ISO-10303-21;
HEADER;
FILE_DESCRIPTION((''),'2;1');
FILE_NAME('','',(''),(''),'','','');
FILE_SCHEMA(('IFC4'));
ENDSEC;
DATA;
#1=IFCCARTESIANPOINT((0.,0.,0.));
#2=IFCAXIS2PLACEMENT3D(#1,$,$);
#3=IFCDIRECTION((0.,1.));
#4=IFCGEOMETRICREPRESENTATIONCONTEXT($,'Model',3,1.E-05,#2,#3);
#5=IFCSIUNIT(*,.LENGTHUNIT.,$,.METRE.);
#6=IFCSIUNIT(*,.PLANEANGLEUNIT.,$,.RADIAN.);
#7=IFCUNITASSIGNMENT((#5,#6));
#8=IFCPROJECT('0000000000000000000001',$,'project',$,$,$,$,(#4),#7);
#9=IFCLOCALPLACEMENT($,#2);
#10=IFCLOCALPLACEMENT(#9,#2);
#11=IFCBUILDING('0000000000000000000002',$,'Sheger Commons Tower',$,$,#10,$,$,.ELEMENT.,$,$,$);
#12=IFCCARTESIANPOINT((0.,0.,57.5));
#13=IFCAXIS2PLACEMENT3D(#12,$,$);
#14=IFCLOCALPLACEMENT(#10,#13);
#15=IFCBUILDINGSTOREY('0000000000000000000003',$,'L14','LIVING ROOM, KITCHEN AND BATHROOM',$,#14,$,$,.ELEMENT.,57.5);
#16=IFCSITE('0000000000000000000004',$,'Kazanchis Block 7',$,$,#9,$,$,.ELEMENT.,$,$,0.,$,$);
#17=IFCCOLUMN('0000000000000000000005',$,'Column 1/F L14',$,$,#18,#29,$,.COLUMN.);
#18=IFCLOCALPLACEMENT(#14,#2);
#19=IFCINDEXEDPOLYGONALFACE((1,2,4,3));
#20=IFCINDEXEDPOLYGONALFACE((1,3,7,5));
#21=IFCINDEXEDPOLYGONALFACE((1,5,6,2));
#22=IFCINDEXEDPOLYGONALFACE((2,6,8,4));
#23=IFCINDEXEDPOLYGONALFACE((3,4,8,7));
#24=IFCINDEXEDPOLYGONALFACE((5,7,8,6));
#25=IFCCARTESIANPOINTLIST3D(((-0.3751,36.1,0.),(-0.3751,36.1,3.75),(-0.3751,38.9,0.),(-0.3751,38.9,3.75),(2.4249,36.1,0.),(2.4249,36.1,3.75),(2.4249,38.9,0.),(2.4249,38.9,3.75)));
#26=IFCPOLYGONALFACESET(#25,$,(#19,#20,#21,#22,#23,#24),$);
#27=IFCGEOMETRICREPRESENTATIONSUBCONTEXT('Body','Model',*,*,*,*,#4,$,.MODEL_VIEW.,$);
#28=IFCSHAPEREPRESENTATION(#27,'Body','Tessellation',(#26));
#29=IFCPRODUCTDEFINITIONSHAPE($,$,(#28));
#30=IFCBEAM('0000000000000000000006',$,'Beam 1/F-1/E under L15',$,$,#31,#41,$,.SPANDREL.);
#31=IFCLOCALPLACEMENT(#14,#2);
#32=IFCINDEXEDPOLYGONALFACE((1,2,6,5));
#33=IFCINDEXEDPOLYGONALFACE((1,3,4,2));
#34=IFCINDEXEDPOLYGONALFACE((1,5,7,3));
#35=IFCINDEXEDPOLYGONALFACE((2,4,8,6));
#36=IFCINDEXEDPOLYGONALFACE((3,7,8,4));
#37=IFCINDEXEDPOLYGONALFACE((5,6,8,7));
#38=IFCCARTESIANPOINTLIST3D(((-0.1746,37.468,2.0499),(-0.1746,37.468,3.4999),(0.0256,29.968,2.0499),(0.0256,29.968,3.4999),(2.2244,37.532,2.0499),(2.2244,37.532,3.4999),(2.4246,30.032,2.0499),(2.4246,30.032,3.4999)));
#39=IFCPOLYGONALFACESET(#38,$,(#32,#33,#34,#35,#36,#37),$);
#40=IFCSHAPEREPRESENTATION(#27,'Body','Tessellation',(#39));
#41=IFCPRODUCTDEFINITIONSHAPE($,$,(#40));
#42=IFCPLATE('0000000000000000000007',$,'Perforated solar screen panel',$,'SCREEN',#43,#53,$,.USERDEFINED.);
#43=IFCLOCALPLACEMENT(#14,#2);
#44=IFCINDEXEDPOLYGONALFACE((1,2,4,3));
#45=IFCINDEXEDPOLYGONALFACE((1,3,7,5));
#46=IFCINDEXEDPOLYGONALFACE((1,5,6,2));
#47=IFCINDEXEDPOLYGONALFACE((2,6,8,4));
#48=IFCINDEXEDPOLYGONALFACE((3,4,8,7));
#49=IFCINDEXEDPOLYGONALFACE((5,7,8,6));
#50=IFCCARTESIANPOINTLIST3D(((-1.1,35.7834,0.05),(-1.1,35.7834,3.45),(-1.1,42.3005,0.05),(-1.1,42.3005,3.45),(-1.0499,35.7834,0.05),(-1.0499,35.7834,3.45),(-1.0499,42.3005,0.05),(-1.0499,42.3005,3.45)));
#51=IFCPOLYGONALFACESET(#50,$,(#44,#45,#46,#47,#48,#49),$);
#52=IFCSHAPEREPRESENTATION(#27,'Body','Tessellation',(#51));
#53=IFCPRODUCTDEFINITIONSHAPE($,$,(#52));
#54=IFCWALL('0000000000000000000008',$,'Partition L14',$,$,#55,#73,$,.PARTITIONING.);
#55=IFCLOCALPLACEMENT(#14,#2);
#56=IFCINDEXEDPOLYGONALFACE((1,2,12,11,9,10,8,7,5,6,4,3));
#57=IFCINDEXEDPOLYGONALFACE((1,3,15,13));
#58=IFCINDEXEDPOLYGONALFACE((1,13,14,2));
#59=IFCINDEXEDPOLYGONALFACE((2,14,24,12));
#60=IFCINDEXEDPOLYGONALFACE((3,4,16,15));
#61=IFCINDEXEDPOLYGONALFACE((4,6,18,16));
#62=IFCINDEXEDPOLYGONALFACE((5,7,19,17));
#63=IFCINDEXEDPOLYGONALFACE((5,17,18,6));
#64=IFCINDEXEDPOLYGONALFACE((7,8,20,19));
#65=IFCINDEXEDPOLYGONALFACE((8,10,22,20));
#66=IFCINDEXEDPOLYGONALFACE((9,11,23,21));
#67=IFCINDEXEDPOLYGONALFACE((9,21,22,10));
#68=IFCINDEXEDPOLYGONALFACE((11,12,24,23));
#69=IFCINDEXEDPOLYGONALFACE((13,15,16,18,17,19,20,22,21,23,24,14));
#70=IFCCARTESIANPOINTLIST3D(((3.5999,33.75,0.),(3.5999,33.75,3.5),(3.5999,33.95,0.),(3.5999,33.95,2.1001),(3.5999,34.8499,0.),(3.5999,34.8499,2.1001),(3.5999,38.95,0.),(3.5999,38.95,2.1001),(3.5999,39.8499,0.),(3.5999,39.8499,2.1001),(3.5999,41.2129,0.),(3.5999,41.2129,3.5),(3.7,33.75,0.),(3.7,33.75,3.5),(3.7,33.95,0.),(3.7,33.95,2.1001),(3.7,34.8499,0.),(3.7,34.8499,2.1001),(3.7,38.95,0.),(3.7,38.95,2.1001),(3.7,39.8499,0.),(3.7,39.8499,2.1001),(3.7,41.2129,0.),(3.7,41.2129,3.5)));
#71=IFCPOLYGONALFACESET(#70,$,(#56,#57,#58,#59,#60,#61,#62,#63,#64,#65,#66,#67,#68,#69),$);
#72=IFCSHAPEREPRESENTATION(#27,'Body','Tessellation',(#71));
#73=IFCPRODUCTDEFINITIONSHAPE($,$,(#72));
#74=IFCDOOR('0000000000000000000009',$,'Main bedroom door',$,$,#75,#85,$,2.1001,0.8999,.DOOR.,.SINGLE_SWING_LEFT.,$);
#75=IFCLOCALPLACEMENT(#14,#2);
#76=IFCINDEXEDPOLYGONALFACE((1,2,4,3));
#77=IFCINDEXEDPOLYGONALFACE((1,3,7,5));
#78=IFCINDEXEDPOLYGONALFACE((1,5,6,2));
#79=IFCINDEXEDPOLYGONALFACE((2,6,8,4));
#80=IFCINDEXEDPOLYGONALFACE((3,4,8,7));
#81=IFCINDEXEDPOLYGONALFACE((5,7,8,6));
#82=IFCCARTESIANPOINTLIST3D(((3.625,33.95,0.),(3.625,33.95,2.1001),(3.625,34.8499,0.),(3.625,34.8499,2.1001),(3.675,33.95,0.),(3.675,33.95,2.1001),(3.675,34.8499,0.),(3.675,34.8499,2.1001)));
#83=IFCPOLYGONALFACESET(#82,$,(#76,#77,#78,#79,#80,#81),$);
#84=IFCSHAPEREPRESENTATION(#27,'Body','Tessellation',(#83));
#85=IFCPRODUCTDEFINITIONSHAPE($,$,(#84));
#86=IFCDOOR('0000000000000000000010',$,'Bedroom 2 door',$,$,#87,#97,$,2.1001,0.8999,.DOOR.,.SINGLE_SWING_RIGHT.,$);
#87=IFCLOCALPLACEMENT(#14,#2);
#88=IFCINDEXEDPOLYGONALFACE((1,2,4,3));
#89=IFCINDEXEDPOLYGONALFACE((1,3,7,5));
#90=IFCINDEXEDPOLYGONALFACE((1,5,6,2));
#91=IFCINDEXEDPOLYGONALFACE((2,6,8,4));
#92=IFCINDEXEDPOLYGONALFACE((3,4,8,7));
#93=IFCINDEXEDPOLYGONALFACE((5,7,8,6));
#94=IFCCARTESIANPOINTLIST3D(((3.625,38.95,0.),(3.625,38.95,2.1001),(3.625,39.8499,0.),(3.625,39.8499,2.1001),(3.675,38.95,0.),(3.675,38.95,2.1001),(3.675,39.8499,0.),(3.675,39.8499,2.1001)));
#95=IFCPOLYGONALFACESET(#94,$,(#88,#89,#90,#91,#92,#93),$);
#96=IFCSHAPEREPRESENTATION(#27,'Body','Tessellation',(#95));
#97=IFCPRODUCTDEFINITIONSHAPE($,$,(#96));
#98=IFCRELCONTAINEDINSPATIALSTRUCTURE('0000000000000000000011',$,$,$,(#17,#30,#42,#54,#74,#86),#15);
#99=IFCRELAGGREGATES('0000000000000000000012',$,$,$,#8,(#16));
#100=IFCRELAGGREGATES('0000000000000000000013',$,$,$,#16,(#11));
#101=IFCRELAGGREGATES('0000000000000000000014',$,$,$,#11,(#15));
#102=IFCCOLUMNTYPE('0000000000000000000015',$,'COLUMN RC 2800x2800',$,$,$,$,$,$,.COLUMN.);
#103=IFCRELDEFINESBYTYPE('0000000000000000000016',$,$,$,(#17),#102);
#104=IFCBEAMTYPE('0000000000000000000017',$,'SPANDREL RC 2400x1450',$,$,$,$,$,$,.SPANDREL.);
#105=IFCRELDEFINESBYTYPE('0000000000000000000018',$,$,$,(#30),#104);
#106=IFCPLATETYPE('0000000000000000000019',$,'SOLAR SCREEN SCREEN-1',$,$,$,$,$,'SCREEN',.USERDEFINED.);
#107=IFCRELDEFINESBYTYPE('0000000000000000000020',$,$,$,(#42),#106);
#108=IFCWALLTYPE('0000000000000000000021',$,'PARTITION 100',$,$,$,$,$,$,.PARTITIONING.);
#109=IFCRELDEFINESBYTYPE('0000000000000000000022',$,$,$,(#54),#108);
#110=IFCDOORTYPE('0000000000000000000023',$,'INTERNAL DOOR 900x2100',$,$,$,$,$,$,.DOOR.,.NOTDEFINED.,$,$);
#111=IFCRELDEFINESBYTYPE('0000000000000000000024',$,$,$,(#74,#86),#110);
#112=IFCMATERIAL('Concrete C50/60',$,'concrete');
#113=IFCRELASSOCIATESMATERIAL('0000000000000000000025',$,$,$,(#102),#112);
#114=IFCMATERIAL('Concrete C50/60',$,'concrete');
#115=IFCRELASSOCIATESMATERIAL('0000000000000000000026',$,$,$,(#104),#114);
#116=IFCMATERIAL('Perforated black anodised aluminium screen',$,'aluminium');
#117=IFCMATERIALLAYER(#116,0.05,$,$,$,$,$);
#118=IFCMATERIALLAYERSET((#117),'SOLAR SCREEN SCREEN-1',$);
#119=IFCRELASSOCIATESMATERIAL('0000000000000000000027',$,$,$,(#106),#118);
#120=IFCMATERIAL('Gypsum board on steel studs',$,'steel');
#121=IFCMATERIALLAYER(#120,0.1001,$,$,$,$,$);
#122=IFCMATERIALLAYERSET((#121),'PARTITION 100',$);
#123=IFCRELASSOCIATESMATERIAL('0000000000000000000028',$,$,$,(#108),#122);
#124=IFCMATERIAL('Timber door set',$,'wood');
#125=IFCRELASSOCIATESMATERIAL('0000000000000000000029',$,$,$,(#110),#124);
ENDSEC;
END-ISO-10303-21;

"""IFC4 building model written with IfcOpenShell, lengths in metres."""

from ifc_helpers import new_model, si_unit, direction, frame, frame_2d, origin, origin_2d, place, context, subcontext, project, spatial, rectangle, extrude, material, layer, layer_set, material_profile, profile_set, type_object, element, fill, save


model = new_model("IFC4")

# Units and contexts
model_context = context("Model", 3, precision=1e-05, world=origin(), true_north=direction((0.0, 1.0)))
body_context = subcontext(model_context, "Body", "Model", "MODEL_VIEW")
ifc_project = project(units=[si_unit("LENGTHUNIT", "METRE"), si_unit("PLANEANGLEUNIT", "RADIAN")], contexts=[model_context])

# Site, building, storey
site_placement = place(None, origin())
site = spatial("IfcSite", under=ifc_project, at=site_placement, Name="Kazanchis Block 7", CompositionType="ELEMENT", RefElevation=0.0)
building_placement = place(site_placement, origin())
building = spatial("IfcBuilding", under=site, at=building_placement, Name="Sheger Commons Tower", CompositionType="ELEMENT")
storey_placement = place(building_placement, frame((0.0, 0.0, 57.5)))
storey = spatial("IfcBuildingStorey", under=building, at=storey_placement, Name="L14", Description="LIVING ROOM, KITCHEN AND BATHROOM", CompositionType="ELEMENT", Elevation=57.5)

# Column
ifc_material_1 = material(Name="Concrete C50/60", Category="concrete")
ifc_material_profile_1 = material_profile(ifc_material_1, rectangle(XDim=2.8, YDim=2.8, at=origin_2d()), Name="RC 2800x2800")
ifc_profile_set_1 = profile_set([ifc_material_profile_1], Name="Concrete C50/60")
column_type = type_object("IfcColumnType", Name="COLUMN RC 2800x2800", PredefinedType="COLUMN", material=ifc_profile_set_1)
column_placement = place(storey_placement, frame((1.0249, 37.5, 0.0), z_axis=(0.0, 0.0, 1.0), x_axis=(1.0, 0.0, 0.0)))
element("IfcColumn", 1, at=column_placement, inside=storey, type_object=column_type, Name="Column 1/F L14", PredefinedType="COLUMN", context=body_context, shape_type="SweptSolid", body=[
    extrude(rectangle(XDim=2.8, YDim=2.8, at=origin_2d()), origin(), (0.0, 0.0, 1.0), 3.75),
])

# Beam
ifc_material_2 = material(Name="Concrete C50/60", Category="concrete")
ifc_material_profile_2 = material_profile(ifc_material_2, rectangle(XDim=2.3999, YDim=1.45, at=origin_2d()), Name="RC 2400x1450")
ifc_profile_set_2 = profile_set([ifc_material_profile_2], Name="Concrete C50/60")
beam_type = type_object("IfcBeamType", Name="SPANDREL RC 2400x1450", PredefinedType="SPANDREL", material=ifc_profile_set_2)
beam_placement = place(storey_placement, frame((1.0249, 37.5, 2.7749), z_axis=(0.026683, -0.999644, 0.0), x_axis=(0.999644, 0.026683, 0.0)))
element("IfcBeam", 2, at=beam_placement, inside=storey, type_object=beam_type, Name="Beam 1/F-1/E under L15", PredefinedType="SPANDREL", context=body_context, shape_type="SweptSolid", body=[
    extrude(rectangle(XDim=2.3999, YDim=1.45, at=origin_2d()), origin(), (0.0, 0.0, 1.0), 7.5027),
])

# Plate
ifc_material_3 = material(Name="Perforated black anodised aluminium screen", Category="aluminium")
ifc_layer_1 = layer(ifc_material_3, 0.05)
ifc_layer_set_1 = layer_set([ifc_layer_1], Name="SOLAR SCREEN SCREEN-1")
plate_type = type_object("IfcPlateType", Name="SOLAR SCREEN SCREEN-1", ElementType="SCREEN", PredefinedType="USERDEFINED", material=ifc_layer_set_1)
plate_placement = place(storey_placement, frame((-1.075, 39.042, 0.05), z_axis=(0.0, 0.0, 1.0), x_axis=(0.0, -1.0, 0.0)))
element("IfcPlate", 3, at=plate_placement, inside=storey, type_object=plate_type, Name="Perforated solar screen panel", ObjectType="SCREEN", PredefinedType="USERDEFINED", context=body_context, shape_type="SweptSolid", body=[
    extrude(rectangle(XDim=6.5171, YDim=0.05, at=origin_2d()), origin(), (0.0, 0.0, 1.0), 3.3999),
])

# Wall, openings, doors
ifc_material_4 = material(Name="Gypsum board on steel studs", Category="steel")
ifc_layer_2 = layer(ifc_material_4, 0.1001)
ifc_layer_set_2 = layer_set([ifc_layer_2], Name="PARTITION 100")
wall_type = type_object("IfcWallType", Name="PARTITION 100", PredefinedType="PARTITIONING", material=ifc_layer_set_2)
wall_1_placement = place(storey_placement, frame((3.6499, 33.75, 0.0), z_axis=(0.0, 0.0, 1.0), x_axis=(0.0, 1.0, 0.0)))
wall_1 = element("IfcWall", 4, at=wall_1_placement, inside=storey, type_object=wall_type, Name="Partition L14", PredefinedType="PARTITIONING", context=body_context, shape_type="SweptSolid", body=[
    extrude(rectangle(XDim=7.4629, YDim=0.1001, at=frame_2d((3.7314, 0.0))), origin(), (0.0, 0.0, 1.0), 3.5),
])
opening_1_placement = place(wall_1_placement, frame((0.2, 0.0, 0.0)))
opening_1 = element("IfcOpeningElement", 5, at=opening_1_placement, cuts=wall_1, PredefinedType="OPENING", context=body_context, shape_type="SweptSolid", body=[
    extrude(rectangle(XDim=0.8999, YDim=2.1001, at=frame_2d((0.45, 1.05))), frame((0.0, 0.0601, 0.0), z_axis=(0.0, -1.0, 0.0), x_axis=(1.0, 0.0, 0.0)), (0.0, 0.0, 1.0), 0.1201),
])
opening_2_placement = place(wall_1_placement, frame((5.2, 0.0, 0.0)))
opening_2 = element("IfcOpeningElement", 6, at=opening_2_placement, cuts=wall_1, PredefinedType="OPENING", context=body_context, shape_type="SweptSolid", body=[
    extrude(rectangle(XDim=0.8999, YDim=2.1001, at=frame_2d((0.45, 1.05))), frame((0.0, 0.0601, 0.0), z_axis=(0.0, -1.0, 0.0), x_axis=(1.0, 0.0, 0.0)), (0.0, 0.0, 1.0), 0.1201),
])
ifc_material_5 = material(Name="Timber door set", Category="wood")
door_type = type_object("IfcDoorType", Name="INTERNAL DOOR 900x2100", OperationType="NOTDEFINED", PredefinedType="DOOR", material=ifc_material_5)
door_1_placement = place(opening_1_placement, origin())
door_1 = element("IfcDoor", 7, at=door_1_placement, inside=storey, type_object=door_type, Name="Main bedroom door", OperationType="SINGLE_SWING_LEFT", OverallHeight=2.1001, OverallWidth=0.8999, PredefinedType="DOOR", context=body_context, shape_type="SweptSolid", body=[
    extrude(rectangle(XDim=0.8999, YDim=2.1001, at=frame_2d((0.45, 1.05))), frame((0.0, 0.0249, 0.0), z_axis=(0.0, -1.0, 0.0), x_axis=(1.0, 0.0, 0.0)), (0.0, 0.0, 1.0), 0.05),
])
fill(opening_1, door_1)
door_2_placement = place(opening_2_placement, origin())
door_2 = element("IfcDoor", 8, at=door_2_placement, inside=storey, type_object=door_type, Name="Bedroom 2 door", OperationType="SINGLE_SWING_RIGHT", OverallHeight=2.1001, OverallWidth=0.8999, PredefinedType="DOOR", context=body_context, shape_type="SweptSolid", body=[
    extrude(rectangle(XDim=0.8999, YDim=2.1001, at=frame_2d((0.45, 1.05))), frame((0.0, 0.0249, 0.0), z_axis=(0.0, -1.0, 0.0), x_axis=(1.0, 0.0, 0.0)), (0.0, 0.0, 1.0), 0.05),
])
fill(opening_2, door_2)

save(model, "model.ifc")
